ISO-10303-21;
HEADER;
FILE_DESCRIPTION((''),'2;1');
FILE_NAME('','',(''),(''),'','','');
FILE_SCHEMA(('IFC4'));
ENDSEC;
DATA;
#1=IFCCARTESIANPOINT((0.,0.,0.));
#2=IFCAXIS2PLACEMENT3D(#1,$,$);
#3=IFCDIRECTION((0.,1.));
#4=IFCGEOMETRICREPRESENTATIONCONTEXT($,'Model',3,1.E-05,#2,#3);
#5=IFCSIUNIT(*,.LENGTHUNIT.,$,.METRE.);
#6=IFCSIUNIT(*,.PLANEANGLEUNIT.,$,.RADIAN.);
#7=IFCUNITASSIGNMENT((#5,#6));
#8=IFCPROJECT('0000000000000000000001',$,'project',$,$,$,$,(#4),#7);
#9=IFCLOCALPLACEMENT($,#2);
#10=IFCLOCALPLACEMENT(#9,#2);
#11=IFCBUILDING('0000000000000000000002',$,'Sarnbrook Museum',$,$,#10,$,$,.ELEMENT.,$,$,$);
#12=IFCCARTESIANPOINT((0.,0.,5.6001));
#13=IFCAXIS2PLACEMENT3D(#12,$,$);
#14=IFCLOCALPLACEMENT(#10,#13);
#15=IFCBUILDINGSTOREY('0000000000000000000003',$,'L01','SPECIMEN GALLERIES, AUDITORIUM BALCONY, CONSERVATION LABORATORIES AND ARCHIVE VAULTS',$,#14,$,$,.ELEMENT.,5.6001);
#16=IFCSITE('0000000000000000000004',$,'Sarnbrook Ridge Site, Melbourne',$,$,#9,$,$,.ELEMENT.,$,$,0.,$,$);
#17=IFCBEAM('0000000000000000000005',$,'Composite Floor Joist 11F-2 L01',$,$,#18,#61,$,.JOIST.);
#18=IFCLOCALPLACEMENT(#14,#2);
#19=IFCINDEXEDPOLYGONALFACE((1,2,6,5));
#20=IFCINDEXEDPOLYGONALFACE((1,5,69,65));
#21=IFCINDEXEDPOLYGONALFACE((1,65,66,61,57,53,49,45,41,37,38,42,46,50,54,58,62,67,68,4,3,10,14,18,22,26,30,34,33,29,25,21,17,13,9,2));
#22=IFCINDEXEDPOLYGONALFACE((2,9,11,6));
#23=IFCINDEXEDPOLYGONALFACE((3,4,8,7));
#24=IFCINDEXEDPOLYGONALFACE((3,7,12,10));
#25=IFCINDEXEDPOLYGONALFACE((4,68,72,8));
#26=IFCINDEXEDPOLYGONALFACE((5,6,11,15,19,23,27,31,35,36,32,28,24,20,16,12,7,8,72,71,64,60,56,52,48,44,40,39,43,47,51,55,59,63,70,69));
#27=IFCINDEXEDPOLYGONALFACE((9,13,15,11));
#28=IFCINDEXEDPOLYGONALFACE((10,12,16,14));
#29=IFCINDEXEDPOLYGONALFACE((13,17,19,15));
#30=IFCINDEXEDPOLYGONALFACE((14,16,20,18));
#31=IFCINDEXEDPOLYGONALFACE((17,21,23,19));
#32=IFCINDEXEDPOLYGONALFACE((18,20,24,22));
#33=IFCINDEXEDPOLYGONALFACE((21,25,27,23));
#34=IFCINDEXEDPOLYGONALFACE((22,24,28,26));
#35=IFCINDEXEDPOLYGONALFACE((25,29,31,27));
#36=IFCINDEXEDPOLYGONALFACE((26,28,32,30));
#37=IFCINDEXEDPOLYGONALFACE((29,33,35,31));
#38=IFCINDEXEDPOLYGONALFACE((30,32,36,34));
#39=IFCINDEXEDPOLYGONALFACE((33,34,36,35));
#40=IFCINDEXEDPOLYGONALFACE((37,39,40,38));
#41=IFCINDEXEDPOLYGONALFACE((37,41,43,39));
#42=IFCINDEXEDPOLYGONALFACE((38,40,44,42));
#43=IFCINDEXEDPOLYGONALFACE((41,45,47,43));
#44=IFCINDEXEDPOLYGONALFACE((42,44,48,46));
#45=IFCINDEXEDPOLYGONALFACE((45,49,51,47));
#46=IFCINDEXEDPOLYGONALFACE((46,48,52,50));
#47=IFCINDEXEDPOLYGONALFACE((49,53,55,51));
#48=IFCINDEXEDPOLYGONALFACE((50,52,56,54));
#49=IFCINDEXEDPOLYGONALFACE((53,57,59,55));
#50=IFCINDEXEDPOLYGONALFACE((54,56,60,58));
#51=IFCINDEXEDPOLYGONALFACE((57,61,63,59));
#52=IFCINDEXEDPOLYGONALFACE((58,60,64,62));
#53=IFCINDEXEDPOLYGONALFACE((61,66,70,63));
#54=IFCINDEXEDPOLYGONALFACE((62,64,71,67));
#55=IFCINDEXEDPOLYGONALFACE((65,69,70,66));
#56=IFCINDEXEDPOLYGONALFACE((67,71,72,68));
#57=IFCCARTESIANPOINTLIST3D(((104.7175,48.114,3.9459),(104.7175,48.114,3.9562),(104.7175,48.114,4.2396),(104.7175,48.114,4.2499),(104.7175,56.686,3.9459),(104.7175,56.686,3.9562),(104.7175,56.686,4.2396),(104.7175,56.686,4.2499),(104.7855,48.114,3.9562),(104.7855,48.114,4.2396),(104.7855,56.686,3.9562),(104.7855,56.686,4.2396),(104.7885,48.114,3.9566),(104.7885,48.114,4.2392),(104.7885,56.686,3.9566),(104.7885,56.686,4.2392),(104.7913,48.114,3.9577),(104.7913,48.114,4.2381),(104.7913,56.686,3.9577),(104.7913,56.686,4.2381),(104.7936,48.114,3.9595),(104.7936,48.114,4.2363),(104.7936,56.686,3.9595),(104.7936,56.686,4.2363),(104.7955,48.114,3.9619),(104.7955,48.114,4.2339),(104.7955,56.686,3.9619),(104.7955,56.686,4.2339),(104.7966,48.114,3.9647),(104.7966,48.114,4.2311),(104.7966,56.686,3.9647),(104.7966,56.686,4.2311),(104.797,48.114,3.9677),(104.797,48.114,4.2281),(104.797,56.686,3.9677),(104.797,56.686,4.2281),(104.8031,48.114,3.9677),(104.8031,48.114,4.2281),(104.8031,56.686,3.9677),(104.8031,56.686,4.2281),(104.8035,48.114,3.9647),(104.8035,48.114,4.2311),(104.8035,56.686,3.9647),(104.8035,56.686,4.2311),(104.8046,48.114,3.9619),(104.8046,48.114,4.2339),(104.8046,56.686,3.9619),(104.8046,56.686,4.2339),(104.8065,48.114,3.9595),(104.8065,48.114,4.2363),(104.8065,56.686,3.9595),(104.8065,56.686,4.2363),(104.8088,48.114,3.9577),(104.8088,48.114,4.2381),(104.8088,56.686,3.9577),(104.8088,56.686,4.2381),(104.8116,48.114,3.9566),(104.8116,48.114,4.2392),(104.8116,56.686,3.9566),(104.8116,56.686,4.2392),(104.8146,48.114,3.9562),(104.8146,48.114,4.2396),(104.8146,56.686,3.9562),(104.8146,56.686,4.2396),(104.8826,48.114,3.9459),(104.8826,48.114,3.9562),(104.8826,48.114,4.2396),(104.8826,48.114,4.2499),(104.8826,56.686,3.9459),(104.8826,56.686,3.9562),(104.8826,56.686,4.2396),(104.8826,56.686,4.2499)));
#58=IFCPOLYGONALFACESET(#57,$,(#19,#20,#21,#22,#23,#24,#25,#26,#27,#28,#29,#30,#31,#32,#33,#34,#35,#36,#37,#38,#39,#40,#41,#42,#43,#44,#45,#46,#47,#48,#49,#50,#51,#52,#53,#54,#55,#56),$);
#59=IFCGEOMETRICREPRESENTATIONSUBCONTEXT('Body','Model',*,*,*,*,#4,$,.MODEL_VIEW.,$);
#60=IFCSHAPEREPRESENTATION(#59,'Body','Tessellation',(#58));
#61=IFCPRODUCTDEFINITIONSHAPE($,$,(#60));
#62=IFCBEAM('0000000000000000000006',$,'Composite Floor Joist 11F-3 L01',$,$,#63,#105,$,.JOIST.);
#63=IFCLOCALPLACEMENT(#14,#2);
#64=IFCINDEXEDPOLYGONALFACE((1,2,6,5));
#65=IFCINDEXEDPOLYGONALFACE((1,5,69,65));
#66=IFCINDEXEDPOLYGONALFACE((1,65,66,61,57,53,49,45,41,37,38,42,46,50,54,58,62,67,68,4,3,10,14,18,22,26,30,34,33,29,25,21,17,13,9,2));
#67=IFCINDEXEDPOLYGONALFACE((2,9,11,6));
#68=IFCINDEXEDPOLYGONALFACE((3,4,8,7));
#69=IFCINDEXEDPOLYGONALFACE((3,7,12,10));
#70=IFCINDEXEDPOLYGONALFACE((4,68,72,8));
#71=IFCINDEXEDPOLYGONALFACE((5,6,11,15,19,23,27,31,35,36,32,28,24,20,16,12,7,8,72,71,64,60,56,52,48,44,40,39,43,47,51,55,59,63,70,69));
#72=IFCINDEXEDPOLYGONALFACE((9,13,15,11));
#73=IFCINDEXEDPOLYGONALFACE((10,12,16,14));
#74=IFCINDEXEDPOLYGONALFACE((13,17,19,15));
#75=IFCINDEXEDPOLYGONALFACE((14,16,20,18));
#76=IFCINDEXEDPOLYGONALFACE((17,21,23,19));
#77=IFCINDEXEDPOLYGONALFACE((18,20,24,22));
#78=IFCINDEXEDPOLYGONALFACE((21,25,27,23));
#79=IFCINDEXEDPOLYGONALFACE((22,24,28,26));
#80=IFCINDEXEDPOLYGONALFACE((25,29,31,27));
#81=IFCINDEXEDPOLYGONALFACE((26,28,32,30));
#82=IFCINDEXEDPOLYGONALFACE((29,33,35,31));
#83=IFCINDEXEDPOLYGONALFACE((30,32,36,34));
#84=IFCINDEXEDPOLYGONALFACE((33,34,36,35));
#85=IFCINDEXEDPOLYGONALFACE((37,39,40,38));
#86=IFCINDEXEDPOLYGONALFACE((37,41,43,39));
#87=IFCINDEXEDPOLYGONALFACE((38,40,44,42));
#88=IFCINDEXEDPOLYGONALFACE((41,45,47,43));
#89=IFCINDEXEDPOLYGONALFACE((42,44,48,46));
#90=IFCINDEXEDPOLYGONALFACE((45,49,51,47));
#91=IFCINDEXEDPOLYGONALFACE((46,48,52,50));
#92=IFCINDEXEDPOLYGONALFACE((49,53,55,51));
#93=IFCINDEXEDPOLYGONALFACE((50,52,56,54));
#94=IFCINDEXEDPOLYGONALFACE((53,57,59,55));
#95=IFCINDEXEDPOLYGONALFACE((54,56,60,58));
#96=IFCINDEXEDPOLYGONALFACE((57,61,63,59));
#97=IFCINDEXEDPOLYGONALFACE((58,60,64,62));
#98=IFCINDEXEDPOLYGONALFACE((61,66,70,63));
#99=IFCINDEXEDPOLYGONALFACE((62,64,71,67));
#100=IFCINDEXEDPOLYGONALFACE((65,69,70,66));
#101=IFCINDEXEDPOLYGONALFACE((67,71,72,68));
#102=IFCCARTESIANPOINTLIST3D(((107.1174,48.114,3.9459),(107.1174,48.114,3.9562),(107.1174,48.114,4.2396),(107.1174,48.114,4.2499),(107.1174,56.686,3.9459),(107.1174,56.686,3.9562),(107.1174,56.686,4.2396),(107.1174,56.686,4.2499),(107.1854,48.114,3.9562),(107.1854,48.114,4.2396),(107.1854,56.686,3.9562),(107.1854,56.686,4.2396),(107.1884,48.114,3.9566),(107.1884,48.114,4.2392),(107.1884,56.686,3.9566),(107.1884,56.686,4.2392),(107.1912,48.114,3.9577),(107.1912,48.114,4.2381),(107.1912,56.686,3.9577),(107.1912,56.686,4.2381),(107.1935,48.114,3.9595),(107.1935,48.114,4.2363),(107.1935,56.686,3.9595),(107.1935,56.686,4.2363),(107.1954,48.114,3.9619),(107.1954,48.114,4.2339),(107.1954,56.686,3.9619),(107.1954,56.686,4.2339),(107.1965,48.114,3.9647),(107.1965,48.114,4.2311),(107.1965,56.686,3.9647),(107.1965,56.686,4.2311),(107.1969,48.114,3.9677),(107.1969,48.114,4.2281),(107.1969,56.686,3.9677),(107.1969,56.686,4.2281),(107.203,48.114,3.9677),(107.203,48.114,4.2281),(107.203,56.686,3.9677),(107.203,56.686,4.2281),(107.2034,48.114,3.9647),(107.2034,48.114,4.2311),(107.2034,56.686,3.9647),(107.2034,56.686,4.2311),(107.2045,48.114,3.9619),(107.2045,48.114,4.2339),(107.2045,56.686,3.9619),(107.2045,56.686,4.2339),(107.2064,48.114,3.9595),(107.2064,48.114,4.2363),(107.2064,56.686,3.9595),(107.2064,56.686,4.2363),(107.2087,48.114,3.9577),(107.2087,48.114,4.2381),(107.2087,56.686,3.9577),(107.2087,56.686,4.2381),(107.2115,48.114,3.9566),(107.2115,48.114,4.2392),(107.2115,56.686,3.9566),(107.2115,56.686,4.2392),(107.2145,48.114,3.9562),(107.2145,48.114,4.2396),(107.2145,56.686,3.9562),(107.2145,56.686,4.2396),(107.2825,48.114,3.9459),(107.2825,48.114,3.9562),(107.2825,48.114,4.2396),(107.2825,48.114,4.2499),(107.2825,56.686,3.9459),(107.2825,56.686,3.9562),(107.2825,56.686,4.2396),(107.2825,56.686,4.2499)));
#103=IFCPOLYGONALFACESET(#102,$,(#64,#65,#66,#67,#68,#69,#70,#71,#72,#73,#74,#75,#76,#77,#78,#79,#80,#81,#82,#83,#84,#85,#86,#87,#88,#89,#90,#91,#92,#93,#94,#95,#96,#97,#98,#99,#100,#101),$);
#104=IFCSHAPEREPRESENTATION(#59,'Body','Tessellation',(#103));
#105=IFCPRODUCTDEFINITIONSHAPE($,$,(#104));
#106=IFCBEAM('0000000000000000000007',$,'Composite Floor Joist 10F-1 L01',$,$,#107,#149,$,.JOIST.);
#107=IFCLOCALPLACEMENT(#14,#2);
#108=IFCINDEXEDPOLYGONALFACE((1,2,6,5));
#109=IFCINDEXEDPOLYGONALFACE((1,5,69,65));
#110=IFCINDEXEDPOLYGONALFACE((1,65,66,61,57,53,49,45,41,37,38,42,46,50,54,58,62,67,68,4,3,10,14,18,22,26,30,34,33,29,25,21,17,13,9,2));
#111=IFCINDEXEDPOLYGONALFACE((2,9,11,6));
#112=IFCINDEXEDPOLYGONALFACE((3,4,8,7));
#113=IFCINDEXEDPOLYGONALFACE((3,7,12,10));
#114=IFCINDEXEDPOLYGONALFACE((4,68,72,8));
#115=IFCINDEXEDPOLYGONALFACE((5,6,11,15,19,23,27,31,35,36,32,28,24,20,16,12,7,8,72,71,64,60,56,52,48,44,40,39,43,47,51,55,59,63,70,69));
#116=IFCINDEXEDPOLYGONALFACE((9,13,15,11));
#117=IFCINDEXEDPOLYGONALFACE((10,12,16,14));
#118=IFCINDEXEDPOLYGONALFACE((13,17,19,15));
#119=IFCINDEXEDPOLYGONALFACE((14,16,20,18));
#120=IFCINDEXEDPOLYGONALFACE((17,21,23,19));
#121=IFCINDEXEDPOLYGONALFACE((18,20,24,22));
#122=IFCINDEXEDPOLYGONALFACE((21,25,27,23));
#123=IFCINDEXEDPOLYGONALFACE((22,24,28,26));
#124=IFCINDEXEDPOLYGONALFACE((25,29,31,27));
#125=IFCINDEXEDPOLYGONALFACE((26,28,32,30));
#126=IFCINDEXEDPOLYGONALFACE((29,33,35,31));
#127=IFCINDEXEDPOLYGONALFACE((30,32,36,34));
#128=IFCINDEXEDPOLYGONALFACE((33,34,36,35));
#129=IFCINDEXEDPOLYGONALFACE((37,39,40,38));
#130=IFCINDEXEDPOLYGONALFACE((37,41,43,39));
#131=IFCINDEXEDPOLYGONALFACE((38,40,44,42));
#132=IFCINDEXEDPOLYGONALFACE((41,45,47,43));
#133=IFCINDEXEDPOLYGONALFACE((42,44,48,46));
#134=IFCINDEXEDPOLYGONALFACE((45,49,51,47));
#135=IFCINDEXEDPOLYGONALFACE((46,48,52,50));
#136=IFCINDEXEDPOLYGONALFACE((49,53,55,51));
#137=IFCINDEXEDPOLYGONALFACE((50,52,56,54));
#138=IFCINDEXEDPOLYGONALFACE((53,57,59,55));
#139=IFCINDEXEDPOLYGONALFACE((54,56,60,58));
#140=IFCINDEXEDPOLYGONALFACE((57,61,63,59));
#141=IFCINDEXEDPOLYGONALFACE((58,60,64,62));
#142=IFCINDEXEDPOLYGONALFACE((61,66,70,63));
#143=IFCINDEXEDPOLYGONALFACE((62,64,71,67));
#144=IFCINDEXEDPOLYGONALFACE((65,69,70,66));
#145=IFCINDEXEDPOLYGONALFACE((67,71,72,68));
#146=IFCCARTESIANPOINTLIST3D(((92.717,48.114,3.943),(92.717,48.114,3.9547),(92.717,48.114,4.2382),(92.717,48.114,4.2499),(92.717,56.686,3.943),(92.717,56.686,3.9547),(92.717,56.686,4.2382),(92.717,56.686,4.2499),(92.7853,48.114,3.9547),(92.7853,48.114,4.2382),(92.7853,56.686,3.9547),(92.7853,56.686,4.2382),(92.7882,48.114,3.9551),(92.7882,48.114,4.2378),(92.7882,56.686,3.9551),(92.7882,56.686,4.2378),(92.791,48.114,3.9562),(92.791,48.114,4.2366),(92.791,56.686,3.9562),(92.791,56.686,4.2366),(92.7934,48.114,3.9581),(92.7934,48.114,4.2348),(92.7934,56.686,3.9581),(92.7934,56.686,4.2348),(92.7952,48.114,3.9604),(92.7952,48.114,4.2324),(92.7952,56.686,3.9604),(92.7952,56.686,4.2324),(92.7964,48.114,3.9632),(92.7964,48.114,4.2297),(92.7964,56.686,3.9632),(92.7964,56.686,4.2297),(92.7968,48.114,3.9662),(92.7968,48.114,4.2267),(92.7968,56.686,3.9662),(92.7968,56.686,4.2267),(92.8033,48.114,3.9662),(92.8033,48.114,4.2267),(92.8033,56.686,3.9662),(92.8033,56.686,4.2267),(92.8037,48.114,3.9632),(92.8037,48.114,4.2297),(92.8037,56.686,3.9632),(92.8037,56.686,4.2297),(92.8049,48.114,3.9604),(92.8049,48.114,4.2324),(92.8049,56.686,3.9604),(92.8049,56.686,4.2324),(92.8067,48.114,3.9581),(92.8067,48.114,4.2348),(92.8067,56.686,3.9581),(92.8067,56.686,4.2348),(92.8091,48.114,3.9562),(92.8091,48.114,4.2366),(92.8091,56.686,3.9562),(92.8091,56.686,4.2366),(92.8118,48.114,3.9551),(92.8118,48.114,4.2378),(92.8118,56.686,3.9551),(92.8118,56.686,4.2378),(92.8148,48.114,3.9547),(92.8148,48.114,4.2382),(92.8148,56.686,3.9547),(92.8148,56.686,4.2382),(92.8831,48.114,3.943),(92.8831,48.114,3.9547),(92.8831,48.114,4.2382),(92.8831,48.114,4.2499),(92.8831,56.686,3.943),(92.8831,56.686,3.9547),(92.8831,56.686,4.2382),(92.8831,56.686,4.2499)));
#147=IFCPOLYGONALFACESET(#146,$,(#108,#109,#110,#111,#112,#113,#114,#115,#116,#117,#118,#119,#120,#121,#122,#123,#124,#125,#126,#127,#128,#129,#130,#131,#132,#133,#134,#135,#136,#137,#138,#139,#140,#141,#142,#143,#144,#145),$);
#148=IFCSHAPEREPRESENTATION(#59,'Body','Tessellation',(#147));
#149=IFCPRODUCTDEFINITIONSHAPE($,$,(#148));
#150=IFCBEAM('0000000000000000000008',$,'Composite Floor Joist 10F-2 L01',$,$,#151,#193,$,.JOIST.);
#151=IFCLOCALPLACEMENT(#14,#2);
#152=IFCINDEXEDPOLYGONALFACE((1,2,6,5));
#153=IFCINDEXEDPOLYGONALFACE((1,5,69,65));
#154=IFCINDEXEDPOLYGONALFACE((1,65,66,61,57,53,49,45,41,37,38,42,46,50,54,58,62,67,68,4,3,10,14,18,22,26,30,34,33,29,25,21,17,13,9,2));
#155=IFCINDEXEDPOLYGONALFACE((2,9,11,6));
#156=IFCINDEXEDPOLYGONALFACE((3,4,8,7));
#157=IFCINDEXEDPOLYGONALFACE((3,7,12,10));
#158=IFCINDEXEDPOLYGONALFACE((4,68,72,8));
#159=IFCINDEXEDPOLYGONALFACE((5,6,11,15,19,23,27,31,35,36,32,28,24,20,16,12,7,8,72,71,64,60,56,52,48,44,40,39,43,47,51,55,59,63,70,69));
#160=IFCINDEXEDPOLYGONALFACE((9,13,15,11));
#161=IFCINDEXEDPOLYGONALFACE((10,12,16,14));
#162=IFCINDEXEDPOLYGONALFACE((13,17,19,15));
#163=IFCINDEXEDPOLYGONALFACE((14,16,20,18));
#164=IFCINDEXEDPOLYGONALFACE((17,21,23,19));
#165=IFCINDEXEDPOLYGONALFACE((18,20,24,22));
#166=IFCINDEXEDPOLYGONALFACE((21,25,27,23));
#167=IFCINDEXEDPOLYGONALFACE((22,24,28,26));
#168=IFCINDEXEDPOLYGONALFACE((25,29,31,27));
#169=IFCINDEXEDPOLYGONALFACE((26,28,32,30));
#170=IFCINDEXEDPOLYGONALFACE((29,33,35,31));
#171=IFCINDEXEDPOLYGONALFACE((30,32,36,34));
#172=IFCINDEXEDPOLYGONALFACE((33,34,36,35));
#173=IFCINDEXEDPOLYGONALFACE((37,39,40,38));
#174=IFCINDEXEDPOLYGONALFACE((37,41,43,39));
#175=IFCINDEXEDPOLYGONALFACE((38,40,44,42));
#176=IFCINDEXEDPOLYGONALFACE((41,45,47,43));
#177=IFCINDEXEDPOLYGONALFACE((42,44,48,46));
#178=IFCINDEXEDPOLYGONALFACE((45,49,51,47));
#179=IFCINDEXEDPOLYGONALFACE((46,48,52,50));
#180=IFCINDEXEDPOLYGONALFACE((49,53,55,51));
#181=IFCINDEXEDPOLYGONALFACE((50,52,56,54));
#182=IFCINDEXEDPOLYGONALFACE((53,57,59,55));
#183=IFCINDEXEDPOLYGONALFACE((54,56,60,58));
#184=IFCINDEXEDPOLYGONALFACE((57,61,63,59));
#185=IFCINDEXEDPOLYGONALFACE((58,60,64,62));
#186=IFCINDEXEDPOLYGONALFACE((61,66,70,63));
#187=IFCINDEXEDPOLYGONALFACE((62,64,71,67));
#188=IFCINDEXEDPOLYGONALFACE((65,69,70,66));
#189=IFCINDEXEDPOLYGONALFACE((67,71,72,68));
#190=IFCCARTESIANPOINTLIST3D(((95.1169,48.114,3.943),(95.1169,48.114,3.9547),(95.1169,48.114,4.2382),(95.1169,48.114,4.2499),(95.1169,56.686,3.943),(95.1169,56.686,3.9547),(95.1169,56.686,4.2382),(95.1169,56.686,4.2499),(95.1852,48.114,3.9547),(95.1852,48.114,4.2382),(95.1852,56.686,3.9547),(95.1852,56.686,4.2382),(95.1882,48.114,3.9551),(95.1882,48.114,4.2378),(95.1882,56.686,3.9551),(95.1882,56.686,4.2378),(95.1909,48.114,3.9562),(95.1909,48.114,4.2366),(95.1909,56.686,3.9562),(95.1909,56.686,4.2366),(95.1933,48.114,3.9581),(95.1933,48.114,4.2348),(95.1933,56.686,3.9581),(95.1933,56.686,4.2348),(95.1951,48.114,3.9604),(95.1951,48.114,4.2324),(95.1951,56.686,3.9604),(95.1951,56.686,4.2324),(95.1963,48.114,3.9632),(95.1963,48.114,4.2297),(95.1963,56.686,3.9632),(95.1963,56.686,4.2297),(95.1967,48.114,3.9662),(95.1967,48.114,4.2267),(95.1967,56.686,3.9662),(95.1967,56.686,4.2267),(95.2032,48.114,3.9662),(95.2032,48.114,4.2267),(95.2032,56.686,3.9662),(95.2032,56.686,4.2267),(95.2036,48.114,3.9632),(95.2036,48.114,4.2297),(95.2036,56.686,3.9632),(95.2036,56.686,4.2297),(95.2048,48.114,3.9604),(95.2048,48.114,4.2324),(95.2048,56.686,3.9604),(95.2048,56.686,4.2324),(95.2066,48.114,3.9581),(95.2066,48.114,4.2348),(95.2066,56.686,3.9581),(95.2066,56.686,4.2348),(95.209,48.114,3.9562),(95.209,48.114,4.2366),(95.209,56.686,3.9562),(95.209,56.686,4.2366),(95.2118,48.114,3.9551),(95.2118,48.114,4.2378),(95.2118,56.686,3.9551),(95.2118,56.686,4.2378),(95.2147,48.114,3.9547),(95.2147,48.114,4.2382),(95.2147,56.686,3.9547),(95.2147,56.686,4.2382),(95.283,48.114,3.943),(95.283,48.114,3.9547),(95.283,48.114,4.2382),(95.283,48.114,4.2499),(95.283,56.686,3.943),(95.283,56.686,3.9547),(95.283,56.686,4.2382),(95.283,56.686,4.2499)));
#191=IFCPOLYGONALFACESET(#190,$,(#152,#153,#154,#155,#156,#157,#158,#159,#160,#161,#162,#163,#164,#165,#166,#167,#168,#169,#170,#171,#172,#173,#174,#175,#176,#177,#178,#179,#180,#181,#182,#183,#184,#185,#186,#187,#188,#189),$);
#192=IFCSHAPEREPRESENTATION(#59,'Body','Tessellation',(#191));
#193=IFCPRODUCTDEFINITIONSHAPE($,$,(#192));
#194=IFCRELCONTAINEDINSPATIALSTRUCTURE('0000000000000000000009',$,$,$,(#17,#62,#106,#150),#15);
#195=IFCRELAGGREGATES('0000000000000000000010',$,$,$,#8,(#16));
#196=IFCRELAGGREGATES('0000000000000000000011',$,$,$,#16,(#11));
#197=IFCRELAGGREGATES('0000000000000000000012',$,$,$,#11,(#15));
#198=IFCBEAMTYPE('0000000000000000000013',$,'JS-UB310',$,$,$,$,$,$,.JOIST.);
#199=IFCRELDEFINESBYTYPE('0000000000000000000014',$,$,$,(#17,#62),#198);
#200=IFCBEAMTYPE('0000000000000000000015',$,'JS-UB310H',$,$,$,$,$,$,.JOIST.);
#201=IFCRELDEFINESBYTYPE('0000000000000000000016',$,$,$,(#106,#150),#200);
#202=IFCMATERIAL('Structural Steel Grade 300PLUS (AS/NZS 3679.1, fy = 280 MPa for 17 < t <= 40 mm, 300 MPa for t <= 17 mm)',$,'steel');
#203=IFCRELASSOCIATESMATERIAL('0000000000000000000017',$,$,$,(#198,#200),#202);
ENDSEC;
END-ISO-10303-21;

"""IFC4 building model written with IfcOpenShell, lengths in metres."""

from ifc_helpers import new_model, si_unit, direction, frame, origin, origin_2d, place, context, subcontext, project, spatial, i_section, extrude, material, material_profile, profile_set, type_object, element, save


model = new_model("IFC4")

# Units and contexts
model_context = context("Model", 3, precision=1e-05, world=origin(), true_north=direction((0.0, 1.0)))
body_context = subcontext(model_context, "Body", "Model", "MODEL_VIEW")
ifc_project = project(units=[si_unit("LENGTHUNIT", "METRE"), si_unit("PLANEANGLEUNIT", "RADIAN")], contexts=[model_context])

# Site, building, storey
site_placement = place(None, origin())
site = spatial("IfcSite", under=ifc_project, at=site_placement, Name="Sarnbrook Ridge Site, Melbourne", CompositionType="ELEMENT", RefElevation=0.0)
building_placement = place(site_placement, origin())
building = spatial("IfcBuilding", under=site, at=building_placement, Name="Sarnbrook Museum", CompositionType="ELEMENT")
storey_placement = place(building_placement, frame((0.0, 0.0, 5.6001)))
storey = spatial("IfcBuildingStorey", under=building, at=storey_placement, Name="L01", Description="SPECIMEN GALLERIES, AUDITORIUM BALCONY, CONSERVATION LABORATORIES AND ARCHIVE VAULTS", CompositionType="ELEMENT", Elevation=5.6001)

# Shared definitions
ifc_material_1 = material(Name="Structural Steel Grade 300PLUS (AS/NZS 3679.1, fy = 280 MPa for 17 < t <= 40 mm, 300 MPa for t <= 17 mm)", Category="steel")

# Beams
ifc_material_profile_1 = material_profile(ifc_material_1, i_section(OverallWidth=0.165, OverallDepth=0.304, WebThickness=0.0061, FlangeThickness=0.0103, FilletRadius=0.0115, at=origin_2d()), Name="310UB40.4")
ifc_profile_set_1 = profile_set([ifc_material_profile_1], Name="Structural Steel Grade 300PLUS (AS/NZS 3679.1, fy = 280 MPa for 17 < t <= 40 mm, 300 MPa for t <= 17 mm)")
beam_type_1 = type_object("IfcBeamType", Name="JS-UB310", PredefinedType="JOIST", material=ifc_profile_set_1)
for number, where, z_axis, x_axis, name in (
    (1, (104.8, 48.114, 4.0979), (0.0, 1.0, 0.0), (-1.0, 0.0, 0.0), "Composite Floor Joist 11F-2 L01"),
    (2, (107.2, 48.114, 4.0979), (0.0, 1.0, 0.0), (-1.0, 0.0, 0.0), "Composite Floor Joist 11F-3 L01"),
):
    element("IfcBeam", number, at=place(storey_placement, frame(where, z_axis=z_axis, x_axis=x_axis)), inside=storey, type_object=beam_type_1, Name=name, PredefinedType="JOIST", context=body_context, shape_type="SweptSolid", body=[
        extrude(i_section(OverallWidth=0.165, OverallDepth=0.304, WebThickness=0.0061, FlangeThickness=0.0103, FilletRadius=0.0115, at=origin_2d()), origin(), (0.0, 0.0, 1.0), 8.572),
    ])
ifc_material_profile_2 = material_profile(ifc_material_1, i_section(OverallWidth=0.166, OverallDepth=0.3069, WebThickness=0.0066, FlangeThickness=0.0117, FilletRadius=0.0115, at=origin_2d()), Name="310UB46.2")
ifc_profile_set_2 = profile_set([ifc_material_profile_2], Name="Structural Steel Grade 300PLUS (AS/NZS 3679.1, fy = 280 MPa for 17 < t <= 40 mm, 300 MPa for t <= 17 mm)")
beam_type_2 = type_object("IfcBeamType", Name="JS-UB310H", PredefinedType="JOIST", material=ifc_profile_set_2)
for number, where, z_axis, x_axis, name in (
    (3, (92.8, 48.114, 4.0964), (0.0, 1.0, 0.0), (-1.0, 0.0, 0.0), "Composite Floor Joist 10F-1 L01"),
    (4, (95.2, 48.114, 4.0964), (0.0, 1.0, 0.0), (-1.0, 0.0, 0.0), "Composite Floor Joist 10F-2 L01"),
):
    element("IfcBeam", number, at=place(storey_placement, frame(where, z_axis=z_axis, x_axis=x_axis)), inside=storey, type_object=beam_type_2, Name=name, PredefinedType="JOIST", context=body_context, shape_type="SweptSolid", body=[
        extrude(i_section(OverallWidth=0.166, OverallDepth=0.3069, WebThickness=0.0066, FlangeThickness=0.0117, FilletRadius=0.0115, at=origin_2d()), origin(), (0.0, 0.0, 1.0), 8.572),
    ])

save(model, "model.ifc")
